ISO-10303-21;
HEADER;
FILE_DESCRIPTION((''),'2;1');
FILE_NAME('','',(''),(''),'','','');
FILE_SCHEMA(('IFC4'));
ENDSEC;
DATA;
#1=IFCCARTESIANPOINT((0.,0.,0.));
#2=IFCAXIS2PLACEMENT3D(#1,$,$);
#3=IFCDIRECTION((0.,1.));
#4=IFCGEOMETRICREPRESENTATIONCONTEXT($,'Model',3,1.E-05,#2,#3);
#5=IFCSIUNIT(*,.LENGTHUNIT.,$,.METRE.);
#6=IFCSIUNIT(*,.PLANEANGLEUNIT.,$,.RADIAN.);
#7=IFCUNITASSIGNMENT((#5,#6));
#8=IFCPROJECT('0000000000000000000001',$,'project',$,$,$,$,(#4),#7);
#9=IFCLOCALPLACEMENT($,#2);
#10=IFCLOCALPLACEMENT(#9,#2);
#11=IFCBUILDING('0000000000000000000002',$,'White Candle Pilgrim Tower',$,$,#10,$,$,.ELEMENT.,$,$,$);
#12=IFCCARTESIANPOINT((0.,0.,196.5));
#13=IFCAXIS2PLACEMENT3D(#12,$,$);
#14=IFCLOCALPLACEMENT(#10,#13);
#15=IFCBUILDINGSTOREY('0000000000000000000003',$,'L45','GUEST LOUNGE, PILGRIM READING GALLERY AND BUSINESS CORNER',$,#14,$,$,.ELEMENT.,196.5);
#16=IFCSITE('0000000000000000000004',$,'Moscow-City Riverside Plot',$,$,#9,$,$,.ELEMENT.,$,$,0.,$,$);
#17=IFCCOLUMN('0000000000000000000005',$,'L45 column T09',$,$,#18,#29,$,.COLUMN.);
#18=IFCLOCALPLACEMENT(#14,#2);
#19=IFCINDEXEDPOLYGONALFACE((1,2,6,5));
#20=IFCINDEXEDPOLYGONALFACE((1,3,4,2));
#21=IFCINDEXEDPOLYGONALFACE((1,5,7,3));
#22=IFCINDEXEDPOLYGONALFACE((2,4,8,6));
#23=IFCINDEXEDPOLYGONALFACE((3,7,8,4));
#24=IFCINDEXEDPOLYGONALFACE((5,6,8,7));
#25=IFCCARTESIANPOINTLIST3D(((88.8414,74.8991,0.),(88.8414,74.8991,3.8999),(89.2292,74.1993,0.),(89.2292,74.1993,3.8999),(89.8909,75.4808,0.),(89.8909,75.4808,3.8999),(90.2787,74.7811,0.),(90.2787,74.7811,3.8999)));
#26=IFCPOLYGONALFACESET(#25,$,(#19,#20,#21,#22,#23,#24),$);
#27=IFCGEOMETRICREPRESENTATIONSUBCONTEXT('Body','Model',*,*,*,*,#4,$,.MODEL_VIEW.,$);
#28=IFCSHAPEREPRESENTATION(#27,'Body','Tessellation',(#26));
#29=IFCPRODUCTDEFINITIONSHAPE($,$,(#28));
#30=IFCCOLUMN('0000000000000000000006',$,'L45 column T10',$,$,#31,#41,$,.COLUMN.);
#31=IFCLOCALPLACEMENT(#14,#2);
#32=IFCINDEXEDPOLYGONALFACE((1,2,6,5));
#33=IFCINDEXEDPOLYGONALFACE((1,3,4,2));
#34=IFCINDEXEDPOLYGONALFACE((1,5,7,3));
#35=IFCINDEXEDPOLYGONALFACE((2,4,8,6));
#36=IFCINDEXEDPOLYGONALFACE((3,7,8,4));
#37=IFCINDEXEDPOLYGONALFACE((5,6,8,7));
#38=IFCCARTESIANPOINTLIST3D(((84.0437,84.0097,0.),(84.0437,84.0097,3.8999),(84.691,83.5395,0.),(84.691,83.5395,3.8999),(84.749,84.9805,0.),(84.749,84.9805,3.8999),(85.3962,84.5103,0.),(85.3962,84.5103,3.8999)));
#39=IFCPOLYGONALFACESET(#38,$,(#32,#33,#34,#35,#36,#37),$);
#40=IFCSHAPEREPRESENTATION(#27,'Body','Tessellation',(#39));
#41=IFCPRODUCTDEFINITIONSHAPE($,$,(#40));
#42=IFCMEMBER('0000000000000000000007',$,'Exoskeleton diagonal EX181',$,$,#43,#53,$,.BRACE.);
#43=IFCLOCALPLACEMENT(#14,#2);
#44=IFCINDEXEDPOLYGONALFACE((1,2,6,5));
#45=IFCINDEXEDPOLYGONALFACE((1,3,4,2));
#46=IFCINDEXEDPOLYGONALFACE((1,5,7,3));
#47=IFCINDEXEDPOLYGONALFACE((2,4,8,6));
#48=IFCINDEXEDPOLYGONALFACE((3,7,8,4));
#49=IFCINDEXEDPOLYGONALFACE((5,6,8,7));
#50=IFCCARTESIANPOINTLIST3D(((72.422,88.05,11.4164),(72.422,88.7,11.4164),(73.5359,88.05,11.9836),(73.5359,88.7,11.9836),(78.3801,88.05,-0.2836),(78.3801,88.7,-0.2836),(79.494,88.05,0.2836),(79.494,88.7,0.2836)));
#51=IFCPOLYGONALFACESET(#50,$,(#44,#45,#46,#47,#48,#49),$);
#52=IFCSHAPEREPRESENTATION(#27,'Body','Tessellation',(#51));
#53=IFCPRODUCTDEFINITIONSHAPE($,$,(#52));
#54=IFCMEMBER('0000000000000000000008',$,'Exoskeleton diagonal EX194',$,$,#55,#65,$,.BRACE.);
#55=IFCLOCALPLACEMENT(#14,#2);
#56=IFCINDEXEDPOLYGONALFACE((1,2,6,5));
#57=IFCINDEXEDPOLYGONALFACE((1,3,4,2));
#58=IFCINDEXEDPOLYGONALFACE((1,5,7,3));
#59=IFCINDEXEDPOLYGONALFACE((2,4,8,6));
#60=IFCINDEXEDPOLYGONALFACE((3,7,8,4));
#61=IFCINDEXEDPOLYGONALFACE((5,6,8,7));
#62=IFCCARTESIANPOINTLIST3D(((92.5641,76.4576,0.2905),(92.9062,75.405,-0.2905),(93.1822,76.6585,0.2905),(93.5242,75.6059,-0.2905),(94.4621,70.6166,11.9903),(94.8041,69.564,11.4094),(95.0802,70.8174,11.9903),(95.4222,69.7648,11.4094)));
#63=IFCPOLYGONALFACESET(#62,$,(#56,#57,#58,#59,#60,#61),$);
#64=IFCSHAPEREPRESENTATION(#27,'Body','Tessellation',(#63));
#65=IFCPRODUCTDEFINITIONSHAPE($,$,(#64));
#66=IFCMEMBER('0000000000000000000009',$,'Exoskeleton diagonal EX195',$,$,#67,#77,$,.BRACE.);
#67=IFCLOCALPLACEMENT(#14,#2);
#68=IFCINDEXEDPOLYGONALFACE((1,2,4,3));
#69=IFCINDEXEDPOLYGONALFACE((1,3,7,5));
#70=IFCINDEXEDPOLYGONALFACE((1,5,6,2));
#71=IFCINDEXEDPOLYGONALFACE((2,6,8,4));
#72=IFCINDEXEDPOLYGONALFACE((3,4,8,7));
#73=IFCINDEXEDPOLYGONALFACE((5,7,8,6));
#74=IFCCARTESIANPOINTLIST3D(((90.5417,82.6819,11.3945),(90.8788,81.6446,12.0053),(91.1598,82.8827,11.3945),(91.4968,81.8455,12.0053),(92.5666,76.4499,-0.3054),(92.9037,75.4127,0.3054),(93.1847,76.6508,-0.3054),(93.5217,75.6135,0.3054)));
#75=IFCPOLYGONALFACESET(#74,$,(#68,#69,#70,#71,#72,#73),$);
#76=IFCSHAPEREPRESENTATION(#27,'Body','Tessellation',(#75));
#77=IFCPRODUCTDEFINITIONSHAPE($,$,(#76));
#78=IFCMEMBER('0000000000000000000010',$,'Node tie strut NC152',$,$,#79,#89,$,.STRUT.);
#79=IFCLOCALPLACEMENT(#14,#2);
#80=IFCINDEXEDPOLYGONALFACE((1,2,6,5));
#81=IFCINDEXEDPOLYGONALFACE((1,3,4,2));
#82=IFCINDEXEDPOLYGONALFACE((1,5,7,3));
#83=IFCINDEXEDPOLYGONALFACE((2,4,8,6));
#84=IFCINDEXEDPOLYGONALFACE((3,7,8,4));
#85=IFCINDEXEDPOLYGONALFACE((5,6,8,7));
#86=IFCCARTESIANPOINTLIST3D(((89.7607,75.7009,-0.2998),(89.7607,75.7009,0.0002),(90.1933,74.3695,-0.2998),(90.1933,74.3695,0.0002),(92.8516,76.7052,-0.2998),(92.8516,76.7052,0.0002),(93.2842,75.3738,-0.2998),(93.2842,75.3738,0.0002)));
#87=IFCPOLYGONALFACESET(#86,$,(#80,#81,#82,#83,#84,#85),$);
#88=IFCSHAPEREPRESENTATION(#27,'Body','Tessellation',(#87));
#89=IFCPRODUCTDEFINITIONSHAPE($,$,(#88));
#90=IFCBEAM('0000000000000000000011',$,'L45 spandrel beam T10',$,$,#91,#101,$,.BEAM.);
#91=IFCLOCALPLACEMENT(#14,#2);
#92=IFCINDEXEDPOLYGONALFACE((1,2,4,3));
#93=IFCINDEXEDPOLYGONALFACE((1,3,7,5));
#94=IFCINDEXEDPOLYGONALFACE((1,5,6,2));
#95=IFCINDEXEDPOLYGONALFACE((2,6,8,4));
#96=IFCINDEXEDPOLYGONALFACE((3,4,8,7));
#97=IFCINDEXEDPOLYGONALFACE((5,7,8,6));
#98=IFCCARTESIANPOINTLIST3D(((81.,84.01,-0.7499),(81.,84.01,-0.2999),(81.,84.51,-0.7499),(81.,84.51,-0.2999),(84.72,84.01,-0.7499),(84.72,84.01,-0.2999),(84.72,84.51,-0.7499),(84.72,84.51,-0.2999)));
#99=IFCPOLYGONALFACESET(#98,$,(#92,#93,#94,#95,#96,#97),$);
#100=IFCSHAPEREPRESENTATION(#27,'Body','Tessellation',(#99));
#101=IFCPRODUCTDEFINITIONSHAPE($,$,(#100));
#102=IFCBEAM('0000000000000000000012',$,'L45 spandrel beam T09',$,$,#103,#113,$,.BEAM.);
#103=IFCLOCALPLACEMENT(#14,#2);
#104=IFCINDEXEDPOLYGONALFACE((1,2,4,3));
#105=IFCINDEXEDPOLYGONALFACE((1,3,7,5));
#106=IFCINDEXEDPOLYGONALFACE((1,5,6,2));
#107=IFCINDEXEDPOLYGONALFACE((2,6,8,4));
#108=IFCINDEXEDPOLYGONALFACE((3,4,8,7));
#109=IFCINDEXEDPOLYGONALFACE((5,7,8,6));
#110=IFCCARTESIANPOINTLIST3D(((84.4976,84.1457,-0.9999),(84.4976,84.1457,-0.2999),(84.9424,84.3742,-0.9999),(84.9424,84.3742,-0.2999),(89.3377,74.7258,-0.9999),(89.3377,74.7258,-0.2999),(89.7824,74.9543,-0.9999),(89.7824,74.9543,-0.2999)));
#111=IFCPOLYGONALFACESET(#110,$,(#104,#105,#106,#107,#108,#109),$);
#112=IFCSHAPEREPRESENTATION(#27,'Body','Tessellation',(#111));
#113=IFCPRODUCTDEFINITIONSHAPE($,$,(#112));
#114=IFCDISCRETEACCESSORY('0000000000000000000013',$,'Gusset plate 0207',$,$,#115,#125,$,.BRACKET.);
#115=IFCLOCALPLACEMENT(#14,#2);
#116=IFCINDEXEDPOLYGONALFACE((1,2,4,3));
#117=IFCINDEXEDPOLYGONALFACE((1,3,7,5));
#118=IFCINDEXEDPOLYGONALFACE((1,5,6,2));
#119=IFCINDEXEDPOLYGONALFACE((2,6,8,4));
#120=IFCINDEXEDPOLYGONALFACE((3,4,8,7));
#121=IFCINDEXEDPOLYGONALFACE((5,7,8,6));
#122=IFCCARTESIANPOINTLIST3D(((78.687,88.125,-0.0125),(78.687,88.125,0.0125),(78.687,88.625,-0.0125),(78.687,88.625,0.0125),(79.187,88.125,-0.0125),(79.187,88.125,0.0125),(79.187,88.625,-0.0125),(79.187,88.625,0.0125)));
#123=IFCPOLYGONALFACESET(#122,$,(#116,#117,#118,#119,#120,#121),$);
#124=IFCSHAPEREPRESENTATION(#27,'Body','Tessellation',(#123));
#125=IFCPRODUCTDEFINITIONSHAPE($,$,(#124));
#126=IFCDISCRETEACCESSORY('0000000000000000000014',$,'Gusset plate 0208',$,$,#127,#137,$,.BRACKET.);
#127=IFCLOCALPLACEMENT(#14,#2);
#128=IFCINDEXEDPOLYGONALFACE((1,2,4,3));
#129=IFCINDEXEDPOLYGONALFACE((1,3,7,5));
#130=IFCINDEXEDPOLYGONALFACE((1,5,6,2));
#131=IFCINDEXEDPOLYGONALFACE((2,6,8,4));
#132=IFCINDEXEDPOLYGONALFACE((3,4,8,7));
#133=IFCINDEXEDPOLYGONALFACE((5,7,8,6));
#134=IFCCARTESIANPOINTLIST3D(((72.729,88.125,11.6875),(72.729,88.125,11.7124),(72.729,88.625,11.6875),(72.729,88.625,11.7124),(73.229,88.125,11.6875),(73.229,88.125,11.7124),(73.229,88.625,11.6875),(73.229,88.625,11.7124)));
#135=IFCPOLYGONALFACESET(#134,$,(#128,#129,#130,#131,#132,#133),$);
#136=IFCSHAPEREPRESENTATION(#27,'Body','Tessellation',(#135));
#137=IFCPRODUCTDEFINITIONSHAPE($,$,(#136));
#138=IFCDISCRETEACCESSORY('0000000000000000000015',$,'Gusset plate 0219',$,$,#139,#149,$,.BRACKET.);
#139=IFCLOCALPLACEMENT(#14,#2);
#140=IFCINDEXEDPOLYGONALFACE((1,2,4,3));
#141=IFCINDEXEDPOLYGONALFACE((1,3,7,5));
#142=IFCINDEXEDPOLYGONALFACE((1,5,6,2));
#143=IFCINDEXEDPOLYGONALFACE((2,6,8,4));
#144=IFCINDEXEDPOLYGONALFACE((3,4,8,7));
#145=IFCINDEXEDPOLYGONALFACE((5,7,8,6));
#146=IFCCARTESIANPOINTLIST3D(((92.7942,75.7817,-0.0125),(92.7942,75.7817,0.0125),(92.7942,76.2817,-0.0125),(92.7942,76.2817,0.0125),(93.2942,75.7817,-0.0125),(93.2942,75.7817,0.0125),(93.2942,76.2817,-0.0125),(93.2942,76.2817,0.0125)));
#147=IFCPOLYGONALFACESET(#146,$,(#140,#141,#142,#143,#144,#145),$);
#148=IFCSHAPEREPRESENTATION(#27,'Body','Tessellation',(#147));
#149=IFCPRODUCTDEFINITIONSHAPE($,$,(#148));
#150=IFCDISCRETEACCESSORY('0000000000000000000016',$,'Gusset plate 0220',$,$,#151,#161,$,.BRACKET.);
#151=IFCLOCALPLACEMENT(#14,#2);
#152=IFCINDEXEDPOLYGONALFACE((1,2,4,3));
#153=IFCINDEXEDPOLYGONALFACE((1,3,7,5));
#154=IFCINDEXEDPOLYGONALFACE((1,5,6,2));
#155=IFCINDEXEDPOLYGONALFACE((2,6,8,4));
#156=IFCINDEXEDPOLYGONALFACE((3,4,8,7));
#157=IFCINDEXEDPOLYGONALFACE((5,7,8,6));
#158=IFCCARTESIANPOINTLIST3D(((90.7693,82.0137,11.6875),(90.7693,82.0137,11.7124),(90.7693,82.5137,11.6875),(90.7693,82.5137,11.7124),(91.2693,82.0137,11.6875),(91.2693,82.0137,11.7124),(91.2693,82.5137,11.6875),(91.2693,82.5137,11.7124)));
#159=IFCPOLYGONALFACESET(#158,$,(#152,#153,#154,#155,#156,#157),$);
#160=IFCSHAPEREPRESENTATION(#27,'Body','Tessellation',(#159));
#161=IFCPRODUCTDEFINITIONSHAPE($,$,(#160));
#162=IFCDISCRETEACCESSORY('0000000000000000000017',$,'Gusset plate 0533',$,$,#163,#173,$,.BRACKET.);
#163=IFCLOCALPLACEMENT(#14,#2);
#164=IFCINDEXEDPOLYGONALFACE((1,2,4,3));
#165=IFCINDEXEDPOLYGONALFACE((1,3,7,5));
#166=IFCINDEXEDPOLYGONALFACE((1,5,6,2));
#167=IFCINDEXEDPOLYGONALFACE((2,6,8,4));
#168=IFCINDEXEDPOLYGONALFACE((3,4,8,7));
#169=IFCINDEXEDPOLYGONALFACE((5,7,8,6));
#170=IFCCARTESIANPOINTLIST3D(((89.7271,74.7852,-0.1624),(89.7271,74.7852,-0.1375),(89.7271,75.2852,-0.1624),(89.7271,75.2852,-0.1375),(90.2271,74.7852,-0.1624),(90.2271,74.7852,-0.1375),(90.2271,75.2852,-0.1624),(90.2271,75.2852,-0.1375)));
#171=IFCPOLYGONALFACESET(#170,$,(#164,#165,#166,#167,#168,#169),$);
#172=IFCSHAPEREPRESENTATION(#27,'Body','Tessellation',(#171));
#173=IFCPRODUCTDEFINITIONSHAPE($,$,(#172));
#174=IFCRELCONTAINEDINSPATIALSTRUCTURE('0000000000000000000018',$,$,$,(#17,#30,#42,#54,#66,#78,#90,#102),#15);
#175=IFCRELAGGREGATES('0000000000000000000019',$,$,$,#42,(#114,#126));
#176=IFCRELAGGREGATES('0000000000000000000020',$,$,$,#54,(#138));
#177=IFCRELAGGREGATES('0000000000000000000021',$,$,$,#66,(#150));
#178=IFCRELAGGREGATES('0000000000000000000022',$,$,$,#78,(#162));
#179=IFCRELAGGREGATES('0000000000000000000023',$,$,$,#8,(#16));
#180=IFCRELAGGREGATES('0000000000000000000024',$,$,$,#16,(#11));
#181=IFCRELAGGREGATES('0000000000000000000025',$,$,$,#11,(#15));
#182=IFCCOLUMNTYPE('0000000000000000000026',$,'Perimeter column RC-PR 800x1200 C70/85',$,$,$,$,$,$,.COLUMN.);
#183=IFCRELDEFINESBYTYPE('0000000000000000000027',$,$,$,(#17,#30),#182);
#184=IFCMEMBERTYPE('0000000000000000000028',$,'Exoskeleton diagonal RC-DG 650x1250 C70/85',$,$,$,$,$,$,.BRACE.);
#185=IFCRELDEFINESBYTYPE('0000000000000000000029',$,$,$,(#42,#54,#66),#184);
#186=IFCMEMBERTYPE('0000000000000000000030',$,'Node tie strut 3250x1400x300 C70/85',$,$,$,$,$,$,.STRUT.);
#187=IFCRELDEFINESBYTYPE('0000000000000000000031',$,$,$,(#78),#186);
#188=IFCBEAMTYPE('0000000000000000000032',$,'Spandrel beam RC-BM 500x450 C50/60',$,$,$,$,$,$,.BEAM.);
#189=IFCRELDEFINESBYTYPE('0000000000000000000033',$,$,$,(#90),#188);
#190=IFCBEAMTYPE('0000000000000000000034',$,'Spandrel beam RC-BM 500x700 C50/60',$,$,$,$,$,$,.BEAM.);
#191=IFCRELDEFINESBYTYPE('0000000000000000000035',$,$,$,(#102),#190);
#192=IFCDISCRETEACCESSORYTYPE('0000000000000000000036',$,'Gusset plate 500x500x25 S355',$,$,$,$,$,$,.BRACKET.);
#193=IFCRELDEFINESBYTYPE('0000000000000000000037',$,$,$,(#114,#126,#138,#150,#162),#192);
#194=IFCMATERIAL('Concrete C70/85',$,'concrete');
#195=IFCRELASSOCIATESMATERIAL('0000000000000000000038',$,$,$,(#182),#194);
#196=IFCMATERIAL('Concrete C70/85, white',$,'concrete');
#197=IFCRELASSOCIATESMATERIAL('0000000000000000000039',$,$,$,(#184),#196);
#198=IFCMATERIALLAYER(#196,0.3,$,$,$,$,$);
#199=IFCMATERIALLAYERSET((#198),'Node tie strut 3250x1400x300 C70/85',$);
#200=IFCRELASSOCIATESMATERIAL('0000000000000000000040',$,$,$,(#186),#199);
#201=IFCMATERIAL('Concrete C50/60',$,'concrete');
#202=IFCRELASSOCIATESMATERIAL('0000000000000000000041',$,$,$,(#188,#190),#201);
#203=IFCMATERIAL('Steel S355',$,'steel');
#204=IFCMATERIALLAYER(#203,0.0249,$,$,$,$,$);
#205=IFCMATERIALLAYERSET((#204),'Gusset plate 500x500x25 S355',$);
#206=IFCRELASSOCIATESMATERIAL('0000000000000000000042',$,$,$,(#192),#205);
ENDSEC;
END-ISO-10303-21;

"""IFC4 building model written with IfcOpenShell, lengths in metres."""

from ifc_helpers import new_model, si_unit, direction, frame, origin, origin_2d, place, context, subcontext, project, spatial, rectangle, extrude, material, layer, layer_set, material_profile, profile_set, type_object, element, aggregate, save


model = new_model("IFC4")

# Units and contexts
model_context = context("Model", 3, precision=1e-05, world=origin(), true_north=direction((0.0, 1.0)))
body_context = subcontext(model_context, "Body", "Model", "MODEL_VIEW")
ifc_project = project(units=[si_unit("LENGTHUNIT", "METRE"), si_unit("PLANEANGLEUNIT", "RADIAN")], contexts=[model_context])

# Site, building, storey
site_placement = place(None, origin())
site = spatial("IfcSite", under=ifc_project, at=site_placement, Name="Moscow-City Riverside Plot", CompositionType="ELEMENT", RefElevation=0.0)
building_placement = place(site_placement, origin())
building = spatial("IfcBuilding", under=site, at=building_placement, Name="White Candle Pilgrim Tower", CompositionType="ELEMENT")
storey_placement = place(building_placement, frame((0.0, 0.0, 196.5)))
storey = spatial("IfcBuildingStorey", under=building, at=storey_placement, Name="L45", Description="GUEST LOUNGE, PILGRIM READING GALLERY AND BUSINESS CORNER", CompositionType="ELEMENT", Elevation=196.5)

# Columns
ifc_material_1 = material(Name="Concrete C70/85", Category="concrete")
ifc_material_profile_1 = material_profile(ifc_material_1, rectangle(XDim=0.8, YDim=1.2, at=origin_2d()), Name="RC-PR 800x1200")
ifc_profile_set_1 = profile_set([ifc_material_profile_1], Name="Concrete C70/85")
column_type = type_object("IfcColumnType", Name="Perimeter column RC-PR 800x1200 C70/85", PredefinedType="COLUMN", material=ifc_profile_set_1)
for number, where, z_axis, x_axis, name in (
    (1, (89.5601, 74.8401, 0.0), (0.0, 0.0, 1.0), (0.48481, -0.87462, 0.0), "L45 column T09"),
    (2, (84.72, 84.26, 0.0), (0.0, 0.0, 1.0), (0.809027, -0.587771, 0.0), "L45 column T10"),
):
    element("IfcColumn", number, at=place(storey_placement, frame(where, z_axis=z_axis, x_axis=x_axis)), inside=storey, type_object=column_type, Name=name, PredefinedType="COLUMN", context=body_context, shape_type="SweptSolid", body=[
        extrude(rectangle(XDim=0.8, YDim=1.2, at=origin_2d()), origin(), (0.0, 0.0, 1.0), 3.8999),
    ])

# Members
ifc_material_2 = material(Name="Concrete C70/85, white", Category="concrete")
ifc_material_profile_2 = material_profile(ifc_material_2, rectangle(XDim=0.6499, YDim=1.25, at=origin_2d()), Name="RC-DG 650x1250")
ifc_profile_set_2 = profile_set([ifc_material_profile_2], Name="Concrete C70/85, white")
member_type_1 = type_object("IfcMemberType", Name="Exoskeleton diagonal RC-DG 650x1250 C70/85", PredefinedType="BRACE", material=ifc_profile_set_2)
member_1_placement = place(storey_placement, frame((78.937, 88.375, 0.0), z_axis=(-0.453784, 0.0, 0.891112), x_axis=(0.0, -1.0, 0.0)))
member_1 = element("IfcMember", 3, at=member_1_placement, inside=storey, type_object=member_type_1, Name="Exoskeleton diagonal EX181", PredefinedType="BRACE", context=body_context, shape_type="SweptSolid", body=[
    extrude(rectangle(XDim=0.6499, YDim=1.25, at=origin_2d()), origin(), (0.0, 0.0, 1.0), 13.1296),
])
member_2_placement = place(storey_placement, frame((93.0442, 76.0317, 0.0), z_axis=(0.143632, -0.442037, 0.885423), x_axis=(0.951053, 0.309028, 0.0)))
member_2 = element("IfcMember", 4, at=member_2_placement, inside=storey, type_object=member_type_1, Name="Exoskeleton diagonal EX194", PredefinedType="BRACE", context=body_context, shape_type="SweptSolid", body=[
    extrude(rectangle(XDim=0.6499, YDim=1.25, at=origin_2d()), origin(), (0.0, 0.0, 1.0), 13.2139),
])
member_3_placement = place(storey_placement, frame((93.0442, 76.0317, 0.0), z_axis=(-0.151, 0.464725, 0.872484), x_axis=(-0.951055, -0.30902, 0.0)))
member_3 = element("IfcMember", 5, at=member_3_placement, inside=storey, type_object=member_type_1, Name="Exoskeleton diagonal EX195", PredefinedType="BRACE", context=body_context, shape_type="SweptSolid", body=[
    extrude(rectangle(XDim=0.6499, YDim=1.25, at=origin_2d()), origin(), (0.0, 0.0, 1.0), 13.4099),
])
ifc_layer_1 = layer(ifc_material_2, 0.3)
ifc_layer_set_1 = layer_set([ifc_layer_1], Name="Node tie strut 3250x1400x300 C70/85")
member_type_2 = type_object("IfcMemberType", Name="Node tie strut 3250x1400x300 C70/85", PredefinedType="STRUT", material=ifc_layer_set_1)
member_4_placement = place(storey_placement, frame((91.5225, 75.5374, -0.2998), z_axis=(0.0, 0.0, 1.0), x_axis=(-0.309017, 0.951057, 0.0)))
member_4 = element("IfcMember", 6, at=member_4_placement, inside=storey, type_object=member_type_2, Name="Node tie strut NC152", PredefinedType="STRUT", context=body_context, shape_type="SweptSolid", body=[
    extrude(rectangle(XDim=1.3999, YDim=3.25, at=origin_2d()), origin(), (0.0, 0.0, 1.0), 0.3),
])

# Beams
ifc_material_3 = material(Name="Concrete C50/60", Category="concrete")
ifc_material_profile_3 = material_profile(ifc_material_3, rectangle(XDim=0.5, YDim=0.45, at=origin_2d()), Name="RC-BM 500x450")
ifc_profile_set_3 = profile_set([ifc_material_profile_3], Name="Concrete C50/60")
beam_type_1 = type_object("IfcBeamType", Name="Spandrel beam RC-BM 500x450 C50/60", PredefinedType="BEAM", material=ifc_profile_set_3)
beam_1_placement = place(storey_placement, frame((84.72, 84.26, -0.5249), z_axis=(-1.0, 0.0, 0.0), x_axis=(0.0, -1.0, 0.0)))
element("IfcBeam", 7, at=beam_1_placement, inside=storey, type_object=beam_type_1, Name="L45 spandrel beam T10", PredefinedType="BEAM", context=body_context, shape_type="SweptSolid", body=[
    extrude(rectangle(XDim=0.5, YDim=0.45, at=origin_2d()), origin(), (0.0, 0.0, 1.0), 3.72),
])
ifc_material_profile_4 = material_profile(ifc_material_3, rectangle(XDim=0.5, YDim=0.7, at=origin_2d()), Name="RC-BM 500x700")
ifc_profile_set_4 = profile_set([ifc_material_profile_4], Name="Concrete C50/60")
beam_type_2 = type_object("IfcBeamType", Name="Spandrel beam RC-BM 500x700 C50/60", PredefinedType="BEAM", material=ifc_profile_set_4)
beam_2_placement = place(storey_placement, frame((89.5601, 74.8401, -0.6499), z_axis=(-0.457016, 0.889458, 0.0), x_axis=(-0.889458, -0.457016, 0.0)))
element("IfcBeam", 8, at=beam_2_placement, inside=storey, type_object=beam_type_2, Name="L45 spandrel beam T09", PredefinedType="BEAM", context=body_context, shape_type="SweptSolid", body=[
    extrude(rectangle(XDim=0.5, YDim=0.7, at=origin_2d()), origin(), (0.0, 0.0, 1.0), 10.5906),
])

# Discrete accessories
ifc_material_4 = material(Name="Steel S355", Category="steel")
ifc_layer_2 = layer(ifc_material_4, 0.0249)
ifc_layer_set_2 = layer_set([ifc_layer_2], Name="Gusset plate 500x500x25 S355")
discrete_accessory_type = type_object("IfcDiscreteAccessoryType", Name="Gusset plate 500x500x25 S355", PredefinedType="BRACKET", material=ifc_layer_set_2)
discrete_accessory_1_placement = place(storey_placement, frame((78.937, 88.375, -0.0125), z_axis=(0.0, 0.0, 1.0), x_axis=(1.0, 0.0, 0.0)))
discrete_accessory_1 = element("IfcDiscreteAccessory", 9, at=discrete_accessory_1_placement, type_object=discrete_accessory_type, Name="Gusset plate 0207", PredefinedType="BRACKET", context=body_context, shape_type="SweptSolid", body=[
    extrude(rectangle(XDim=0.5, YDim=0.5, at=origin_2d()), origin(), (0.0, 0.0, 1.0), 0.0249),
])
placement = place(building_placement, frame((0.0, 0.0, 208.2)))
discrete_accessory_2_placement = place(placement, frame((72.979, 88.375, -0.0125), z_axis=(0.0, 0.0, 1.0), x_axis=(1.0, 0.0, 0.0)))
discrete_accessory_2 = element("IfcDiscreteAccessory", 10, at=discrete_accessory_2_placement, type_object=discrete_accessory_type, Name="Gusset plate 0208", PredefinedType="BRACKET", context=body_context, shape_type="SweptSolid", body=[
    extrude(rectangle(XDim=0.5, YDim=0.5, at=origin_2d()), origin(), (0.0, 0.0, 1.0), 0.0249),
])
aggregate(member_1, [discrete_accessory_1, discrete_accessory_2])
discrete_accessory_3_placement = place(storey_placement, frame((93.0442, 76.0317, -0.0125), z_axis=(0.0, 0.0, 1.0), x_axis=(1.0, 0.0, 0.0)))
discrete_accessory_3 = element("IfcDiscreteAccessory", 11, at=discrete_accessory_3_placement, type_object=discrete_accessory_type, Name="Gusset plate 0219", PredefinedType="BRACKET", context=body_context, shape_type="SweptSolid", body=[
    extrude(rectangle(XDim=0.5, YDim=0.5, at=origin_2d()), origin(), (0.0, 0.0, 1.0), 0.0249),
])
aggregate(member_2, [discrete_accessory_3])
discrete_accessory_4_placement = place(placement, frame((91.0193, 82.2637, -0.0125), z_axis=(0.0, 0.0, 1.0), x_axis=(1.0, 0.0, 0.0)))
discrete_accessory_4 = element("IfcDiscreteAccessory", 12, at=discrete_accessory_4_placement, type_object=discrete_accessory_type, Name="Gusset plate 0220", PredefinedType="BRACKET", context=body_context, shape_type="SweptSolid", body=[
    extrude(rectangle(XDim=0.5, YDim=0.5, at=origin_2d()), origin(), (0.0, 0.0, 1.0), 0.0249),
])
aggregate(member_3, [discrete_accessory_4])
discrete_accessory_5_placement = place(storey_placement, frame((89.9771, 75.0352, -0.1624), z_axis=(0.0, 0.0, 1.0), x_axis=(1.0, 0.0, 0.0)))
discrete_accessory_5 = element("IfcDiscreteAccessory", 13, at=discrete_accessory_5_placement, type_object=discrete_accessory_type, Name="Gusset plate 0533", PredefinedType="BRACKET", context=body_context, shape_type="SweptSolid", body=[
    extrude(rectangle(XDim=0.5, YDim=0.5, at=origin_2d()), origin(), (0.0, 0.0, 1.0), 0.0249),
])
aggregate(member_4, [discrete_accessory_5])

save(model, "model.ifc")
